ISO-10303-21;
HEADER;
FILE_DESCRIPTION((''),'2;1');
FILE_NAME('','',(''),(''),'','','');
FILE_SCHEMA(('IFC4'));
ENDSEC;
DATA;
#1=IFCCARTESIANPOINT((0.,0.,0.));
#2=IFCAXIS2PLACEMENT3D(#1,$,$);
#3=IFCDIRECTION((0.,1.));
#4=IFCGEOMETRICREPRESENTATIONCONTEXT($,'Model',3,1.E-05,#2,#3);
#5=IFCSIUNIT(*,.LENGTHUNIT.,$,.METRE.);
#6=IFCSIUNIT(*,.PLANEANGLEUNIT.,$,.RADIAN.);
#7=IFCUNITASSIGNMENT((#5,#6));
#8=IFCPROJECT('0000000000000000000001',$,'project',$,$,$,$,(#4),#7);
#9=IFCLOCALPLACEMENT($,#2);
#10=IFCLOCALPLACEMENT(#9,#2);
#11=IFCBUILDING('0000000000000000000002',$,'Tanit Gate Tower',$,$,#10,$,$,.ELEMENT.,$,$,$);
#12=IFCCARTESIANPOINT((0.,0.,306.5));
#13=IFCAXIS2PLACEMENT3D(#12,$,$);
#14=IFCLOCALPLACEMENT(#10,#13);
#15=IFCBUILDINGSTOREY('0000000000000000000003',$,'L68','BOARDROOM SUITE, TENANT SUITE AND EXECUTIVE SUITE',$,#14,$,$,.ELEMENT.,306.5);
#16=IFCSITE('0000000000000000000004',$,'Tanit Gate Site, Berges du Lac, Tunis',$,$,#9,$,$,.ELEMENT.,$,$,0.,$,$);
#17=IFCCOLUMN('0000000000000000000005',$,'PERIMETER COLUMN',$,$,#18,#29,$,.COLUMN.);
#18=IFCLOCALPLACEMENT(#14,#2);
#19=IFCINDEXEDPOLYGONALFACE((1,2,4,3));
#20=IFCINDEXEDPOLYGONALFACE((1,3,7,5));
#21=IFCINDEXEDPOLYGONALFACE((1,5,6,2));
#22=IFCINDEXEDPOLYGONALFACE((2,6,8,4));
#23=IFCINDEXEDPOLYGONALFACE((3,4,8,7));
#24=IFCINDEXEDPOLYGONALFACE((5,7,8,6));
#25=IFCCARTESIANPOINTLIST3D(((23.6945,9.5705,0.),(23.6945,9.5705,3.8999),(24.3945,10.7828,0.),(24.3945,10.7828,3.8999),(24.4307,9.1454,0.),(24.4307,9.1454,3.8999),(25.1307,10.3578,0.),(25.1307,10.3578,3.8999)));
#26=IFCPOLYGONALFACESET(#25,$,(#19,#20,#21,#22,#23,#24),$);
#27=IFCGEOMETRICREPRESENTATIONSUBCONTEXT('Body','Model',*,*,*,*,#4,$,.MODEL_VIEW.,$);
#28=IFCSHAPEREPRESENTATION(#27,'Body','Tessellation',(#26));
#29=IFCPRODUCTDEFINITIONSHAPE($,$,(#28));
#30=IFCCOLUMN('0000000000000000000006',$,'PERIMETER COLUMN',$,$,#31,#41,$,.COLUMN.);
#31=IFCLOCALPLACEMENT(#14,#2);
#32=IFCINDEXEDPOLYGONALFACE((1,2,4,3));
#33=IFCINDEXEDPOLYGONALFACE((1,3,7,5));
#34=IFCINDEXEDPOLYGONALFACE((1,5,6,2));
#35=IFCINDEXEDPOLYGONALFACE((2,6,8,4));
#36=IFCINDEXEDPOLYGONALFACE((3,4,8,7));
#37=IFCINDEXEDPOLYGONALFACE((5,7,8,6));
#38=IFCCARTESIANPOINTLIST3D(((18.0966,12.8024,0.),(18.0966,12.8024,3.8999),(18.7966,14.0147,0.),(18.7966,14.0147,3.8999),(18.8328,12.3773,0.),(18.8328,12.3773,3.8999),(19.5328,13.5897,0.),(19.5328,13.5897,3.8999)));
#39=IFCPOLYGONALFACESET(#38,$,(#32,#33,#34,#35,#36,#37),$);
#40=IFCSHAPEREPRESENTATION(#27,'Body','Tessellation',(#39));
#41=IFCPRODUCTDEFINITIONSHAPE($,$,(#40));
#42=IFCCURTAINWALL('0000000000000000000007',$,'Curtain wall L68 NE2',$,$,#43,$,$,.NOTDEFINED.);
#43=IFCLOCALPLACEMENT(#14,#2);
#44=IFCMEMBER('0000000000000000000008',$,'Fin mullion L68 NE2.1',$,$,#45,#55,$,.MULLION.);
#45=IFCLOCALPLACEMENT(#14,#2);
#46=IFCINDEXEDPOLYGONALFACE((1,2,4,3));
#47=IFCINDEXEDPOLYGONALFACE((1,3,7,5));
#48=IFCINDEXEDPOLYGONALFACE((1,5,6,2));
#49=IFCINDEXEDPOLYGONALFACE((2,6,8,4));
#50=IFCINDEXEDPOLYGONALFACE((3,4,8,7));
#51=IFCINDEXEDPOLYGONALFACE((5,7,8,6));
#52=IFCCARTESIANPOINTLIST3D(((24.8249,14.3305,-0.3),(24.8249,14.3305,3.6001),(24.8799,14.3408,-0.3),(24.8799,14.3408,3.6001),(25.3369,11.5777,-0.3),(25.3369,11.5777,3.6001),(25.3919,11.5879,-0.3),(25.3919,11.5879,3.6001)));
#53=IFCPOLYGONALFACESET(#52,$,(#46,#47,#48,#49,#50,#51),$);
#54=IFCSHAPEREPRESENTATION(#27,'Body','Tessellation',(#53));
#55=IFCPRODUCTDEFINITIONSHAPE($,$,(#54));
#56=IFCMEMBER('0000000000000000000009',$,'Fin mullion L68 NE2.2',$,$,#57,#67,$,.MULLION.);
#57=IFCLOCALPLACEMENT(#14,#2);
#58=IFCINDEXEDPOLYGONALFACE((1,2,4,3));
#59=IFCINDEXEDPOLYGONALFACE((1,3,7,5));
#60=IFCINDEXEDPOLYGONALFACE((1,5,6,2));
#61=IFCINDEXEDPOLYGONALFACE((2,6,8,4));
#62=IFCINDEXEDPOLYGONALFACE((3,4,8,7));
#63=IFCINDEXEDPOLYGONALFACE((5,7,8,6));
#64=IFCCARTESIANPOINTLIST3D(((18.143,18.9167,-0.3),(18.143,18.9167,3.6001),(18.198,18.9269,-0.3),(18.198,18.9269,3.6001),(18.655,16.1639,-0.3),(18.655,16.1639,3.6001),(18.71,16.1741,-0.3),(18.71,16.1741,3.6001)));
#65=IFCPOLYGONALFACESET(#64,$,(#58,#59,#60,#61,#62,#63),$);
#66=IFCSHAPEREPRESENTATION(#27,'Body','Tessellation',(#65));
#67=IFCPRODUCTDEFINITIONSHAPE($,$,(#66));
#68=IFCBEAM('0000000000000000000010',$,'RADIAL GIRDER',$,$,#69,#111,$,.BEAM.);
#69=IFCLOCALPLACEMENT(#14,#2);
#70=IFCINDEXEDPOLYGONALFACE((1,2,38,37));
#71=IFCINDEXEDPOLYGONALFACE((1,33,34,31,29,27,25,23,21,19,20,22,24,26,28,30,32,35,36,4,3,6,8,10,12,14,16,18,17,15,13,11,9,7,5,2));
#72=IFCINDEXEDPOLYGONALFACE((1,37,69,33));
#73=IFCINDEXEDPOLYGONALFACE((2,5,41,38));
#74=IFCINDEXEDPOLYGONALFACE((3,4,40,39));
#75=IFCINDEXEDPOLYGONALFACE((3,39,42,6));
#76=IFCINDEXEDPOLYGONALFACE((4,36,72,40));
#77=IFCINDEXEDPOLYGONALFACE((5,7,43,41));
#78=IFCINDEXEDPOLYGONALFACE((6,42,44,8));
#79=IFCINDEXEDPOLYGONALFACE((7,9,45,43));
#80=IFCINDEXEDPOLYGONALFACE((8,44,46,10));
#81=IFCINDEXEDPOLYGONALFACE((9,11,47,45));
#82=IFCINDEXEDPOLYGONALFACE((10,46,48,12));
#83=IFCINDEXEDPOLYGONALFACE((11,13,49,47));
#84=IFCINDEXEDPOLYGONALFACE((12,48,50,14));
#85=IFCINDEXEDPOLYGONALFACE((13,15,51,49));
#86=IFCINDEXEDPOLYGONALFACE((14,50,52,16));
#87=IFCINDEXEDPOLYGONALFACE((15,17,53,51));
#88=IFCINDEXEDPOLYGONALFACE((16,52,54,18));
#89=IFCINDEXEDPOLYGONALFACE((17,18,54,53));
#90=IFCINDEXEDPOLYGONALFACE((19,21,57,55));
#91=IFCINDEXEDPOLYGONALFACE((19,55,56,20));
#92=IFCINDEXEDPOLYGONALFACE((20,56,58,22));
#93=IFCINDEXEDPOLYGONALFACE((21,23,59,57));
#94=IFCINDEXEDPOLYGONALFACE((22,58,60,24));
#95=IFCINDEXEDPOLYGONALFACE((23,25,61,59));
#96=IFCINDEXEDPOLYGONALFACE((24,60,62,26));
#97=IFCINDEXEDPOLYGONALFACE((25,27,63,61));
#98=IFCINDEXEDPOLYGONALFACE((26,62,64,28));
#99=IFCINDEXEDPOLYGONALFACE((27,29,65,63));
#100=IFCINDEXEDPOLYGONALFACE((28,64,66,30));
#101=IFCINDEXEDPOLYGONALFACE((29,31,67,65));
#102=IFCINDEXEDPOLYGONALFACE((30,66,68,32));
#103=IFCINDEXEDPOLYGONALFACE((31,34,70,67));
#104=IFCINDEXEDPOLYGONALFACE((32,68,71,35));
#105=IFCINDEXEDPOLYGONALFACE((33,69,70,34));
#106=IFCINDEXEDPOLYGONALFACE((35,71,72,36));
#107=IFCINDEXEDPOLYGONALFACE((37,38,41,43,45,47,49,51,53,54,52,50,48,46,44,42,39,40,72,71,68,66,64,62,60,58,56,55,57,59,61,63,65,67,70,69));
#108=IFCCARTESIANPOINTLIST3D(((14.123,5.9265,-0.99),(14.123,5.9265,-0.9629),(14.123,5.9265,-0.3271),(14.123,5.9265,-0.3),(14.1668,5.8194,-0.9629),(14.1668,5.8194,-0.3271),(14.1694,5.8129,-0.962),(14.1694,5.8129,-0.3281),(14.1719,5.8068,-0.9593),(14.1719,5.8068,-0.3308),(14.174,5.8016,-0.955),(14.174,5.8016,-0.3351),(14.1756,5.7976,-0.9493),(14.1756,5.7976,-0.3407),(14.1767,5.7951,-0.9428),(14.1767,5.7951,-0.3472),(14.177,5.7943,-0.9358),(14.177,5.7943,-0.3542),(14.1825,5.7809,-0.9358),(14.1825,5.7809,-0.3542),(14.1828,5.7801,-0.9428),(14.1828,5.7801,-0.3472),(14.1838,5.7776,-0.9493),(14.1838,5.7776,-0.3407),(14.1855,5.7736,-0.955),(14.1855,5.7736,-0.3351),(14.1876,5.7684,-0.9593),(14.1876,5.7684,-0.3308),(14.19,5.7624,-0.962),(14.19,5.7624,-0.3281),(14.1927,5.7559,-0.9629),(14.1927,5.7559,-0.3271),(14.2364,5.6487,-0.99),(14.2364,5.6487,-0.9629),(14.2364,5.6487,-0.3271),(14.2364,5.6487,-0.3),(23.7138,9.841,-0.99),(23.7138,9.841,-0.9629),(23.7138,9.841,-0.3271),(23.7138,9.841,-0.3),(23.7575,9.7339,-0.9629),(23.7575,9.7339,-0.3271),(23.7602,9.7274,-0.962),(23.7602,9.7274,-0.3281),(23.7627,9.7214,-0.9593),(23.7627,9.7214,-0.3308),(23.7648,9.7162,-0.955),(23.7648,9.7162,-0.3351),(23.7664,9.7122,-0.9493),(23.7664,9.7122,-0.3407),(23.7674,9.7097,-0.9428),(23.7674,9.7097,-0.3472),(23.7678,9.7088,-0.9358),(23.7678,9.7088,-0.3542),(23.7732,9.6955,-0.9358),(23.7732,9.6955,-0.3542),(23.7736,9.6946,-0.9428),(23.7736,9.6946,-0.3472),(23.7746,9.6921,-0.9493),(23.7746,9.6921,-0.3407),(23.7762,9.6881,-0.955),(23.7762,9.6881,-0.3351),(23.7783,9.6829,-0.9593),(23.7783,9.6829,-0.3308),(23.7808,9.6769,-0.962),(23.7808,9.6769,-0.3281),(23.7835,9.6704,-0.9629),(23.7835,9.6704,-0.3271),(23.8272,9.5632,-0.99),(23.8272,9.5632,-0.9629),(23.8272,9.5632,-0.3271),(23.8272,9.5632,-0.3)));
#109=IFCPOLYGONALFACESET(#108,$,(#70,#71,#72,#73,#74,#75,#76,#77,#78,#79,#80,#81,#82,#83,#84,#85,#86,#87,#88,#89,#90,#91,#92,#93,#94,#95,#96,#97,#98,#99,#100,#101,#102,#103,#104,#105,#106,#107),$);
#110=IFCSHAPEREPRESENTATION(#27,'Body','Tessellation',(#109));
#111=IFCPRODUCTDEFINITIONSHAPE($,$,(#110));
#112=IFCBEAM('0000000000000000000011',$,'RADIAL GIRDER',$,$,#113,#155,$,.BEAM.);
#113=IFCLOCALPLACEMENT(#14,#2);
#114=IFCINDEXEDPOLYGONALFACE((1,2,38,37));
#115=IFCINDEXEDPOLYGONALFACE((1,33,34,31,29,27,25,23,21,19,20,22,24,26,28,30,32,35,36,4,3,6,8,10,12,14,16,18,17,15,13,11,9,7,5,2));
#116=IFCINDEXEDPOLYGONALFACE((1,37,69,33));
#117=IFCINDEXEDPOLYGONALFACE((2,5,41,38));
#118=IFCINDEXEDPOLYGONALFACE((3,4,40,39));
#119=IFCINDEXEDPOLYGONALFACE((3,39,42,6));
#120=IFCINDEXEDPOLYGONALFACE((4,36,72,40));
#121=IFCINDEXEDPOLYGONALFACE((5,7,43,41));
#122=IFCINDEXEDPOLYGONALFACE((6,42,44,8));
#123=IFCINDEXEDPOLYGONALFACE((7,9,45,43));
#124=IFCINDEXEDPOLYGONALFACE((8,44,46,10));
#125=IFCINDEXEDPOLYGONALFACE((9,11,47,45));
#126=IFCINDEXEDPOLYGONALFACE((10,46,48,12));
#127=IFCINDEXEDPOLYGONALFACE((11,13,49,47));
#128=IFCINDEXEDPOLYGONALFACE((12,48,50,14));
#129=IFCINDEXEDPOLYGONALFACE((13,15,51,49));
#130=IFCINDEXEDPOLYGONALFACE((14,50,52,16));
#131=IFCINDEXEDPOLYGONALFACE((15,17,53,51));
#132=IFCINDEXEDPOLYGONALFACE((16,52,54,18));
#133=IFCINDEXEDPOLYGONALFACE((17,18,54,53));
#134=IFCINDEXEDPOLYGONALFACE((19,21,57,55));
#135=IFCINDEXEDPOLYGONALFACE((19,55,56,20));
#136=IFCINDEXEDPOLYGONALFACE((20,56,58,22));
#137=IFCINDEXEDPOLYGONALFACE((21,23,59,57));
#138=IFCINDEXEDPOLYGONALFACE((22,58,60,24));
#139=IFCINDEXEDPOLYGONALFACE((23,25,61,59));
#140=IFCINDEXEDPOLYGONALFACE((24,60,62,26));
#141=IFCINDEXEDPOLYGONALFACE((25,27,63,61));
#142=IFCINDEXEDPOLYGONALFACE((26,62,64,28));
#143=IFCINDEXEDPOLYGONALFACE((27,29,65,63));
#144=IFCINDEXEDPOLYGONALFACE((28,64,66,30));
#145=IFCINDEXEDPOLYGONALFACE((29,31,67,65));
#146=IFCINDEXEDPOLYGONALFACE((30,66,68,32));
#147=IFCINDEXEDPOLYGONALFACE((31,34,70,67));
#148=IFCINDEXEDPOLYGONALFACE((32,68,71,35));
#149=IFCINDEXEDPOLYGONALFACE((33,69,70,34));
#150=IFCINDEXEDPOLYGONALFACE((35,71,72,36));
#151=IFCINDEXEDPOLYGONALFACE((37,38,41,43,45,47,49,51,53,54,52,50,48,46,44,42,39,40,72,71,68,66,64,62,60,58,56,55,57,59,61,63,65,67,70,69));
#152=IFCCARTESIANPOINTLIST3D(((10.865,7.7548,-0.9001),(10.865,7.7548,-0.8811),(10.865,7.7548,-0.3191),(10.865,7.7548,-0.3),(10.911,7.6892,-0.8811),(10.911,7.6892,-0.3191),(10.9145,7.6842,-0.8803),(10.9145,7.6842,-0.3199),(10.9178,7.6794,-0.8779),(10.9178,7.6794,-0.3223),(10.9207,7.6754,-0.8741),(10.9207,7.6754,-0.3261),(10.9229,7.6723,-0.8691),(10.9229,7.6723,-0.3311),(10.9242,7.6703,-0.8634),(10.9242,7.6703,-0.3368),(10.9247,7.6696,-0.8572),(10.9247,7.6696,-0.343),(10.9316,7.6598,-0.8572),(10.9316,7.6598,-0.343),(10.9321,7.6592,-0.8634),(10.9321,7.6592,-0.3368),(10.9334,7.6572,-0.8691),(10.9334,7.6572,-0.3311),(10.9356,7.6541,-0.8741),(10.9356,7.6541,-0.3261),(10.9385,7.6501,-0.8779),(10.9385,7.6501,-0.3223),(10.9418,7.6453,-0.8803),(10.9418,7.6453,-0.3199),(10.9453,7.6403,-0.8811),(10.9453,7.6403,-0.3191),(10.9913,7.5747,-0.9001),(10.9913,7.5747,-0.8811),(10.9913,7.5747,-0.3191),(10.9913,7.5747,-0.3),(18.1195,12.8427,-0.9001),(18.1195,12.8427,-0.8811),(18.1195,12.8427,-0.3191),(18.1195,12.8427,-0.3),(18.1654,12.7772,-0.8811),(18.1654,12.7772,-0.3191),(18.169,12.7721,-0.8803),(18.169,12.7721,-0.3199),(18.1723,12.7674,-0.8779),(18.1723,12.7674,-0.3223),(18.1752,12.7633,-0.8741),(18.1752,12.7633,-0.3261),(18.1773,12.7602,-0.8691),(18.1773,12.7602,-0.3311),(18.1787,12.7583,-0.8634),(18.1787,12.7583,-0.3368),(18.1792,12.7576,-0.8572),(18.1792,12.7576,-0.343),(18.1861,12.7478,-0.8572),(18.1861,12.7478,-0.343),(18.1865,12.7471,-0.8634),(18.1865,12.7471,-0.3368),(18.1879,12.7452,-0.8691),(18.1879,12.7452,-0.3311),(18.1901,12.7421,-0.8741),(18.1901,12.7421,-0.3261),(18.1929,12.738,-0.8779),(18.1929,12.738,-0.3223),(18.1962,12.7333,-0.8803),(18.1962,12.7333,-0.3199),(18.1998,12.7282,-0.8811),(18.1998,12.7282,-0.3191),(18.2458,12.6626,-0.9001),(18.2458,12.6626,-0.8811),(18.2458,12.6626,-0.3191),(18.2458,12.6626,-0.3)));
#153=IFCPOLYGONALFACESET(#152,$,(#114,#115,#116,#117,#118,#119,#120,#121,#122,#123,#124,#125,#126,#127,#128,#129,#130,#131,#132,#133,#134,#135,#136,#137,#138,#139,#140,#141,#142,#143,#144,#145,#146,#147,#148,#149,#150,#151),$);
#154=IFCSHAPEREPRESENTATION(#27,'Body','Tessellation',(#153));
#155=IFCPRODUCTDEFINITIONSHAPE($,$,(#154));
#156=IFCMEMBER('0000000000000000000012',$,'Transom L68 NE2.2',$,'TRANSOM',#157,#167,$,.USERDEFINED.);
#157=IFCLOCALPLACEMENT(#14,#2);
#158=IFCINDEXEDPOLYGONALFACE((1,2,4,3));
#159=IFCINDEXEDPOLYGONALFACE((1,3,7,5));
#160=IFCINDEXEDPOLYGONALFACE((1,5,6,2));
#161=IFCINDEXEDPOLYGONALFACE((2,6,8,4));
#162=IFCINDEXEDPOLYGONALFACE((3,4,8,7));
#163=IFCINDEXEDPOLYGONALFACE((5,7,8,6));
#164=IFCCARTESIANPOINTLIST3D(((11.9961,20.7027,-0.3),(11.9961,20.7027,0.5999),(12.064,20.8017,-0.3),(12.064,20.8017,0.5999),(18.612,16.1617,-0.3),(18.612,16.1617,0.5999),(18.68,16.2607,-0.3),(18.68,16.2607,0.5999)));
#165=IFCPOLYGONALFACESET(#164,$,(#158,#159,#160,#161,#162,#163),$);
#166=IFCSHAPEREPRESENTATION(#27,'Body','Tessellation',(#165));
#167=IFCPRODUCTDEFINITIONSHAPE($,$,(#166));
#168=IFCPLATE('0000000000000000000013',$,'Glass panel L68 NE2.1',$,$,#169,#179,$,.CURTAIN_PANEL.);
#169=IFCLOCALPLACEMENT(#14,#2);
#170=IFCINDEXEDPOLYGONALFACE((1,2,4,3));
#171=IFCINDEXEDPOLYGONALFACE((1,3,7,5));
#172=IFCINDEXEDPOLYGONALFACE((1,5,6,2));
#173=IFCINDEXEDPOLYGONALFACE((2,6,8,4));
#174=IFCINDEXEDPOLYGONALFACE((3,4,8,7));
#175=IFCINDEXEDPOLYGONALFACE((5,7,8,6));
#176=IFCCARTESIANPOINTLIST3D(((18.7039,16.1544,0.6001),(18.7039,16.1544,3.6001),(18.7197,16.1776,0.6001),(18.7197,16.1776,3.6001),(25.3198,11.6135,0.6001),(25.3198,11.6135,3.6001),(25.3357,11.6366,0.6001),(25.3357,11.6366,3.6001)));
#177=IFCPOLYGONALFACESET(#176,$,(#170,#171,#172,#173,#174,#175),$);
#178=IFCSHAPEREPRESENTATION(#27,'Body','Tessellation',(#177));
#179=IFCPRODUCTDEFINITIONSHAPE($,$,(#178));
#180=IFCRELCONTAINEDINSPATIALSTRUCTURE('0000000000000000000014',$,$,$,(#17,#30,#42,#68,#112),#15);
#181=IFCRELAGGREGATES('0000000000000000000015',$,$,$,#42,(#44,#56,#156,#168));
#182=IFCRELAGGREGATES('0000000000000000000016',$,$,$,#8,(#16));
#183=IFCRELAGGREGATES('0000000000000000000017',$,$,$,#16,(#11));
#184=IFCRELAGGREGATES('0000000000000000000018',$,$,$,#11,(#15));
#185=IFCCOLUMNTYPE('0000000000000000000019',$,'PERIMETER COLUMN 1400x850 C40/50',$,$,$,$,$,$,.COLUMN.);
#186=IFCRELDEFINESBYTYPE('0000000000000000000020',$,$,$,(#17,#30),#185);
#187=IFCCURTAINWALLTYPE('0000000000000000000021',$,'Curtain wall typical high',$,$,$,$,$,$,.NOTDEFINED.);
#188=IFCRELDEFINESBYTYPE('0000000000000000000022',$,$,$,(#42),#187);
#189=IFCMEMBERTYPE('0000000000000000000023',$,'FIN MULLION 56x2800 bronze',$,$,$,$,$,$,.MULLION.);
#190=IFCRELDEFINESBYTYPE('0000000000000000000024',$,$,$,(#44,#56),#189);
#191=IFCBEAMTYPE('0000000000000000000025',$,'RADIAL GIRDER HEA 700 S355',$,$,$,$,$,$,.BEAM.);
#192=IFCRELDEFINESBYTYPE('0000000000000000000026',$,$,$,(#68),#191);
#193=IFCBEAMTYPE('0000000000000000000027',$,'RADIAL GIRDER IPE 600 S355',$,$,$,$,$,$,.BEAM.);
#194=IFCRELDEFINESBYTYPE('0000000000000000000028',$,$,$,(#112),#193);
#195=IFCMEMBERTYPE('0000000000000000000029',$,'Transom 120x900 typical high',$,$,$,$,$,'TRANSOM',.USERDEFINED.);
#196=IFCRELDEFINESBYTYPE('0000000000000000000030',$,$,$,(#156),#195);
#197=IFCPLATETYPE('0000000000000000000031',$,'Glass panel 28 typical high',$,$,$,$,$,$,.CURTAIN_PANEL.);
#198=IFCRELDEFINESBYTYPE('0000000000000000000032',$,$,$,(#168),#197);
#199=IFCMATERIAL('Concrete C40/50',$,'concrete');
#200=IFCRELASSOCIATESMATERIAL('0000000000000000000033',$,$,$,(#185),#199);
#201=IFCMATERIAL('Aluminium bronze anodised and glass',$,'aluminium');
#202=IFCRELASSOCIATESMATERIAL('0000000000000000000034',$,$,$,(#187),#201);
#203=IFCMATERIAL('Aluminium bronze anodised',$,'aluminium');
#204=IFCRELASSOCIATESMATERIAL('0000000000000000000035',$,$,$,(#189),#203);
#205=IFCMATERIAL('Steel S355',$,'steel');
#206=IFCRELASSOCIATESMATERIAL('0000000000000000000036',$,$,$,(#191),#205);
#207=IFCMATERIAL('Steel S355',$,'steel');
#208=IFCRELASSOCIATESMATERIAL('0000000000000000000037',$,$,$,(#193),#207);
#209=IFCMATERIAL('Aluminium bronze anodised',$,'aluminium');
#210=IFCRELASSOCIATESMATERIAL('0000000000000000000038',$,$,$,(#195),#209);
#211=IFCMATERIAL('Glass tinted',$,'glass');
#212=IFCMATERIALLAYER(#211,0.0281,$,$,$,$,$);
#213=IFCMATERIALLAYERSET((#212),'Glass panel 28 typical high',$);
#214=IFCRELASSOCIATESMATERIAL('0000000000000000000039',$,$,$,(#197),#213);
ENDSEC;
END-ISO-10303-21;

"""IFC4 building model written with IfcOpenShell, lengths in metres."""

from ifc_helpers import new_model, si_unit, direction, frame, origin, origin_2d, place, context, subcontext, project, spatial, rectangle, i_section, extrude, material, layer, layer_set, material_profile, profile_set, type_object, element, aggregate, save


model = new_model("IFC4")

# Units and contexts
model_context = context("Model", 3, precision=1e-05, world=origin(), true_north=direction((0.0, 1.0)))
body_context = subcontext(model_context, "Body", "Model", "MODEL_VIEW")
ifc_project = project(units=[si_unit("LENGTHUNIT", "METRE"), si_unit("PLANEANGLEUNIT", "RADIAN")], contexts=[model_context])

# Site, building, storey
site_placement = place(None, origin())
site = spatial("IfcSite", under=ifc_project, at=site_placement, Name="Tanit Gate Site, Berges du Lac, Tunis", CompositionType="ELEMENT", RefElevation=0.0)
building_placement = place(site_placement, origin())
building = spatial("IfcBuilding", under=site, at=building_placement, Name="Tanit Gate Tower", CompositionType="ELEMENT")
storey_placement = place(building_placement, frame((0.0, 0.0, 306.5)))
storey = spatial("IfcBuildingStorey", under=building, at=storey_placement, Name="L68", Description="BOARDROOM SUITE, TENANT SUITE AND EXECUTIVE SUITE", CompositionType="ELEMENT", Elevation=306.5)

# Columns
ifc_material_1 = material(Name="Concrete C40/50", Category="concrete")
ifc_material_profile_1 = material_profile(ifc_material_1, rectangle(XDim=1.3999, YDim=0.8501, at=origin_2d()), Name="RC 1400x850")
ifc_profile_set_1 = profile_set([ifc_material_profile_1], Name="Concrete C40/50")
column_type = type_object("IfcColumnType", Name="PERIMETER COLUMN 1400x850 C40/50", PredefinedType="COLUMN", material=ifc_profile_set_1)
for number, where, z_axis, x_axis, name in (
    (1, (24.4126, 9.9641, 0.0), (0.0, 0.0, 1.0), (0.5, 0.866025, 0.0), "PERIMETER COLUMN"),
    (2, (18.8147, 13.196, 0.0), (0.0, 0.0, 1.0), (0.5, 0.866025, 0.0), "PERIMETER COLUMN"),
):
    element("IfcColumn", number, at=place(storey_placement, frame(where, z_axis=z_axis, x_axis=x_axis)), inside=storey, type_object=column_type, Name=name, PredefinedType="COLUMN", context=body_context, shape_type="SweptSolid", body=[
        extrude(rectangle(XDim=1.3999, YDim=0.8501, at=origin_2d()), origin(), (0.0, 0.0, 1.0), 3.8999),
    ])

# Curtain wall, members
ifc_material_2 = material(Name="Aluminium bronze anodised and glass", Category="aluminium")
curtain_wall_type = type_object("IfcCurtainWallType", Name="Curtain wall typical high", PredefinedType="NOTDEFINED", material=ifc_material_2)
curtain_wall_placement = place(storey_placement, origin())
curtain_wall = element("IfcCurtainWall", 3, at=curtain_wall_placement, inside=storey, type_object=curtain_wall_type, Name="Curtain wall L68 NE2", PredefinedType="NOTDEFINED")
ifc_material_3 = material(Name="Aluminium bronze anodised", Category="aluminium")
ifc_material_profile_2 = material_profile(ifc_material_3, rectangle(XDim=2.8, YDim=0.0559, at=origin_2d()), Name="56x2800 bronze fin mullion")
ifc_profile_set_2 = profile_set([ifc_material_profile_2], Name="Aluminium bronze anodised")
member_type_1 = type_object("IfcMemberType", Name="FIN MULLION 56x2800 bronze", PredefinedType="MULLION", material=ifc_profile_set_2)
member_1_placement = place(storey_placement, frame((25.1084, 12.9592, -0.3), z_axis=(0.0, 0.0, 1.0), x_axis=(0.182847, -0.983141, 0.0)))
member_1 = element("IfcMember", 4, at=member_1_placement, type_object=member_type_1, Name="Fin mullion L68 NE2.1", PredefinedType="MULLION", context=body_context, shape_type="SweptSolid", body=[
    extrude(rectangle(XDim=2.8, YDim=0.0559, at=origin_2d()), origin(), (0.0, 0.0, 1.0), 3.9001),
])
member_2_placement = place(storey_placement, frame((18.4265, 17.5454, -0.3), z_axis=(0.0, 0.0, 1.0), x_axis=(0.182847, -0.983141, 0.0)))
member_2 = element("IfcMember", 5, at=member_2_placement, type_object=member_type_1, Name="Fin mullion L68 NE2.2", PredefinedType="MULLION", context=body_context, shape_type="SweptSolid", body=[
    extrude(rectangle(XDim=2.8, YDim=0.0559, at=origin_2d()), origin(), (0.0, 0.0, 1.0), 3.9001),
])

# Beams
ifc_material_4 = material(Name="Steel S355", Category="steel")
ifc_material_profile_3 = material_profile(ifc_material_4, i_section(OverallWidth=0.3, OverallDepth=0.6899, WebThickness=0.0144, FlangeThickness=0.0271, FilletRadius=0.0271, at=origin_2d()), Name="HEA 700")
ifc_profile_set_3 = profile_set([ifc_material_profile_3], Name="Steel S355")
beam_type_1 = type_object("IfcBeamType", Name="RADIAL GIRDER HEA 700 S355", PredefinedType="BEAM", material=ifc_profile_set_3)
beam_1_placement = place(storey_placement, frame((23.7705, 9.7021, -0.645), z_axis=(-0.92585, -0.377891, 0.0), x_axis=(0.377891, -0.92585, 0.0)))
element("IfcBeam", 6, at=beam_1_placement, inside=storey, type_object=beam_type_1, Name="RADIAL GIRDER", PredefinedType="BEAM", context=body_context, shape_type="SweptSolid", body=[
    extrude(i_section(OverallWidth=0.3, OverallDepth=0.6899, WebThickness=0.0144, FlangeThickness=0.0271, FilletRadius=0.0271, at=origin_2d()), origin(), (0.0, 0.0, 1.0), 10.3589),
])
ifc_material_5 = material(Name="Steel S355", Category="steel")
ifc_material_profile_4 = material_profile(ifc_material_5, i_section(OverallWidth=0.22, OverallDepth=0.6001, WebThickness=0.012, FlangeThickness=0.019, FilletRadius=0.0239, at=origin_2d()), Name="IPE 600")
ifc_profile_set_4 = profile_set([ifc_material_profile_4], Name="Steel S355")
beam_type_2 = type_object("IfcBeamType", Name="RADIAL GIRDER IPE 600 S355", PredefinedType="BEAM", material=ifc_profile_set_4)
beam_2_placement = place(storey_placement, frame((18.1826, 12.7527, -0.6001), z_axis=(-0.818711, -0.574205, 0.0), x_axis=(0.574205, -0.818711, 0.0)))
element("IfcBeam", 7, at=beam_2_placement, inside=storey, type_object=beam_type_2, Name="RADIAL GIRDER", PredefinedType="BEAM", context=body_context, shape_type="SweptSolid", body=[
    extrude(i_section(OverallWidth=0.22, OverallDepth=0.6001, WebThickness=0.012, FlangeThickness=0.019, FilletRadius=0.0239, at=origin_2d()), origin(), (0.0, 0.0, 1.0), 8.8608),
])

# Member
ifc_material_6 = material(Name="Aluminium bronze anodised", Category="aluminium")
ifc_material_profile_5 = material_profile(ifc_material_6, rectangle(XDim=0.1201, YDim=0.8999, at=origin_2d()), Name="120x900 bronze transom")
ifc_profile_set_5 = profile_set([ifc_material_profile_5], Name="Aluminium bronze anodised")
member_type_2 = type_object("IfcMemberType", Name="Transom 120x900 typical high", ElementType="TRANSOM", PredefinedType="USERDEFINED", material=ifc_profile_set_5)
member_3_placement = place(storey_placement, frame((18.646, 16.2112, 0.1499), z_axis=(-0.824476, 0.565897, 0.0), x_axis=(-0.565897, -0.824476, 0.0)))
member_3 = element("IfcMember", 8, at=member_3_placement, type_object=member_type_2, Name="Transom L68 NE2.2", ObjectType="TRANSOM", PredefinedType="USERDEFINED", context=body_context, shape_type="SweptSolid", body=[
    extrude(rectangle(XDim=0.1201, YDim=0.8999, at=origin_2d()), origin(), (0.0, 0.0, 1.0), 8.0244),
])

# Plate
ifc_material_7 = material(Name="Glass tinted", Category="glass")
ifc_layer_1 = layer(ifc_material_7, 0.0281)
ifc_layer_set_1 = layer_set([ifc_layer_1], Name="Glass panel 28 typical high")
plate_type = type_object("IfcPlateType", Name="Glass panel 28 typical high", PredefinedType="CURTAIN_PANEL", material=ifc_layer_set_1)
plate_placement = place(storey_placement, frame((22.0198, 13.8955, 0.6001), z_axis=(0.0, 0.0, 1.0), x_axis=(-0.824479, 0.565893, 0.0)))
plate = element("IfcPlate", 9, at=plate_placement, type_object=plate_type, Name="Glass panel L68 NE2.1", PredefinedType="CURTAIN_PANEL", context=body_context, shape_type="SweptSolid", body=[
    extrude(rectangle(XDim=8.0244, YDim=0.0281, at=origin_2d()), origin(), (0.0, 0.0, 1.0), 3.0),
])
aggregate(curtain_wall, [member_1, member_2, member_3, plate])

save(model, "model.ifc")
